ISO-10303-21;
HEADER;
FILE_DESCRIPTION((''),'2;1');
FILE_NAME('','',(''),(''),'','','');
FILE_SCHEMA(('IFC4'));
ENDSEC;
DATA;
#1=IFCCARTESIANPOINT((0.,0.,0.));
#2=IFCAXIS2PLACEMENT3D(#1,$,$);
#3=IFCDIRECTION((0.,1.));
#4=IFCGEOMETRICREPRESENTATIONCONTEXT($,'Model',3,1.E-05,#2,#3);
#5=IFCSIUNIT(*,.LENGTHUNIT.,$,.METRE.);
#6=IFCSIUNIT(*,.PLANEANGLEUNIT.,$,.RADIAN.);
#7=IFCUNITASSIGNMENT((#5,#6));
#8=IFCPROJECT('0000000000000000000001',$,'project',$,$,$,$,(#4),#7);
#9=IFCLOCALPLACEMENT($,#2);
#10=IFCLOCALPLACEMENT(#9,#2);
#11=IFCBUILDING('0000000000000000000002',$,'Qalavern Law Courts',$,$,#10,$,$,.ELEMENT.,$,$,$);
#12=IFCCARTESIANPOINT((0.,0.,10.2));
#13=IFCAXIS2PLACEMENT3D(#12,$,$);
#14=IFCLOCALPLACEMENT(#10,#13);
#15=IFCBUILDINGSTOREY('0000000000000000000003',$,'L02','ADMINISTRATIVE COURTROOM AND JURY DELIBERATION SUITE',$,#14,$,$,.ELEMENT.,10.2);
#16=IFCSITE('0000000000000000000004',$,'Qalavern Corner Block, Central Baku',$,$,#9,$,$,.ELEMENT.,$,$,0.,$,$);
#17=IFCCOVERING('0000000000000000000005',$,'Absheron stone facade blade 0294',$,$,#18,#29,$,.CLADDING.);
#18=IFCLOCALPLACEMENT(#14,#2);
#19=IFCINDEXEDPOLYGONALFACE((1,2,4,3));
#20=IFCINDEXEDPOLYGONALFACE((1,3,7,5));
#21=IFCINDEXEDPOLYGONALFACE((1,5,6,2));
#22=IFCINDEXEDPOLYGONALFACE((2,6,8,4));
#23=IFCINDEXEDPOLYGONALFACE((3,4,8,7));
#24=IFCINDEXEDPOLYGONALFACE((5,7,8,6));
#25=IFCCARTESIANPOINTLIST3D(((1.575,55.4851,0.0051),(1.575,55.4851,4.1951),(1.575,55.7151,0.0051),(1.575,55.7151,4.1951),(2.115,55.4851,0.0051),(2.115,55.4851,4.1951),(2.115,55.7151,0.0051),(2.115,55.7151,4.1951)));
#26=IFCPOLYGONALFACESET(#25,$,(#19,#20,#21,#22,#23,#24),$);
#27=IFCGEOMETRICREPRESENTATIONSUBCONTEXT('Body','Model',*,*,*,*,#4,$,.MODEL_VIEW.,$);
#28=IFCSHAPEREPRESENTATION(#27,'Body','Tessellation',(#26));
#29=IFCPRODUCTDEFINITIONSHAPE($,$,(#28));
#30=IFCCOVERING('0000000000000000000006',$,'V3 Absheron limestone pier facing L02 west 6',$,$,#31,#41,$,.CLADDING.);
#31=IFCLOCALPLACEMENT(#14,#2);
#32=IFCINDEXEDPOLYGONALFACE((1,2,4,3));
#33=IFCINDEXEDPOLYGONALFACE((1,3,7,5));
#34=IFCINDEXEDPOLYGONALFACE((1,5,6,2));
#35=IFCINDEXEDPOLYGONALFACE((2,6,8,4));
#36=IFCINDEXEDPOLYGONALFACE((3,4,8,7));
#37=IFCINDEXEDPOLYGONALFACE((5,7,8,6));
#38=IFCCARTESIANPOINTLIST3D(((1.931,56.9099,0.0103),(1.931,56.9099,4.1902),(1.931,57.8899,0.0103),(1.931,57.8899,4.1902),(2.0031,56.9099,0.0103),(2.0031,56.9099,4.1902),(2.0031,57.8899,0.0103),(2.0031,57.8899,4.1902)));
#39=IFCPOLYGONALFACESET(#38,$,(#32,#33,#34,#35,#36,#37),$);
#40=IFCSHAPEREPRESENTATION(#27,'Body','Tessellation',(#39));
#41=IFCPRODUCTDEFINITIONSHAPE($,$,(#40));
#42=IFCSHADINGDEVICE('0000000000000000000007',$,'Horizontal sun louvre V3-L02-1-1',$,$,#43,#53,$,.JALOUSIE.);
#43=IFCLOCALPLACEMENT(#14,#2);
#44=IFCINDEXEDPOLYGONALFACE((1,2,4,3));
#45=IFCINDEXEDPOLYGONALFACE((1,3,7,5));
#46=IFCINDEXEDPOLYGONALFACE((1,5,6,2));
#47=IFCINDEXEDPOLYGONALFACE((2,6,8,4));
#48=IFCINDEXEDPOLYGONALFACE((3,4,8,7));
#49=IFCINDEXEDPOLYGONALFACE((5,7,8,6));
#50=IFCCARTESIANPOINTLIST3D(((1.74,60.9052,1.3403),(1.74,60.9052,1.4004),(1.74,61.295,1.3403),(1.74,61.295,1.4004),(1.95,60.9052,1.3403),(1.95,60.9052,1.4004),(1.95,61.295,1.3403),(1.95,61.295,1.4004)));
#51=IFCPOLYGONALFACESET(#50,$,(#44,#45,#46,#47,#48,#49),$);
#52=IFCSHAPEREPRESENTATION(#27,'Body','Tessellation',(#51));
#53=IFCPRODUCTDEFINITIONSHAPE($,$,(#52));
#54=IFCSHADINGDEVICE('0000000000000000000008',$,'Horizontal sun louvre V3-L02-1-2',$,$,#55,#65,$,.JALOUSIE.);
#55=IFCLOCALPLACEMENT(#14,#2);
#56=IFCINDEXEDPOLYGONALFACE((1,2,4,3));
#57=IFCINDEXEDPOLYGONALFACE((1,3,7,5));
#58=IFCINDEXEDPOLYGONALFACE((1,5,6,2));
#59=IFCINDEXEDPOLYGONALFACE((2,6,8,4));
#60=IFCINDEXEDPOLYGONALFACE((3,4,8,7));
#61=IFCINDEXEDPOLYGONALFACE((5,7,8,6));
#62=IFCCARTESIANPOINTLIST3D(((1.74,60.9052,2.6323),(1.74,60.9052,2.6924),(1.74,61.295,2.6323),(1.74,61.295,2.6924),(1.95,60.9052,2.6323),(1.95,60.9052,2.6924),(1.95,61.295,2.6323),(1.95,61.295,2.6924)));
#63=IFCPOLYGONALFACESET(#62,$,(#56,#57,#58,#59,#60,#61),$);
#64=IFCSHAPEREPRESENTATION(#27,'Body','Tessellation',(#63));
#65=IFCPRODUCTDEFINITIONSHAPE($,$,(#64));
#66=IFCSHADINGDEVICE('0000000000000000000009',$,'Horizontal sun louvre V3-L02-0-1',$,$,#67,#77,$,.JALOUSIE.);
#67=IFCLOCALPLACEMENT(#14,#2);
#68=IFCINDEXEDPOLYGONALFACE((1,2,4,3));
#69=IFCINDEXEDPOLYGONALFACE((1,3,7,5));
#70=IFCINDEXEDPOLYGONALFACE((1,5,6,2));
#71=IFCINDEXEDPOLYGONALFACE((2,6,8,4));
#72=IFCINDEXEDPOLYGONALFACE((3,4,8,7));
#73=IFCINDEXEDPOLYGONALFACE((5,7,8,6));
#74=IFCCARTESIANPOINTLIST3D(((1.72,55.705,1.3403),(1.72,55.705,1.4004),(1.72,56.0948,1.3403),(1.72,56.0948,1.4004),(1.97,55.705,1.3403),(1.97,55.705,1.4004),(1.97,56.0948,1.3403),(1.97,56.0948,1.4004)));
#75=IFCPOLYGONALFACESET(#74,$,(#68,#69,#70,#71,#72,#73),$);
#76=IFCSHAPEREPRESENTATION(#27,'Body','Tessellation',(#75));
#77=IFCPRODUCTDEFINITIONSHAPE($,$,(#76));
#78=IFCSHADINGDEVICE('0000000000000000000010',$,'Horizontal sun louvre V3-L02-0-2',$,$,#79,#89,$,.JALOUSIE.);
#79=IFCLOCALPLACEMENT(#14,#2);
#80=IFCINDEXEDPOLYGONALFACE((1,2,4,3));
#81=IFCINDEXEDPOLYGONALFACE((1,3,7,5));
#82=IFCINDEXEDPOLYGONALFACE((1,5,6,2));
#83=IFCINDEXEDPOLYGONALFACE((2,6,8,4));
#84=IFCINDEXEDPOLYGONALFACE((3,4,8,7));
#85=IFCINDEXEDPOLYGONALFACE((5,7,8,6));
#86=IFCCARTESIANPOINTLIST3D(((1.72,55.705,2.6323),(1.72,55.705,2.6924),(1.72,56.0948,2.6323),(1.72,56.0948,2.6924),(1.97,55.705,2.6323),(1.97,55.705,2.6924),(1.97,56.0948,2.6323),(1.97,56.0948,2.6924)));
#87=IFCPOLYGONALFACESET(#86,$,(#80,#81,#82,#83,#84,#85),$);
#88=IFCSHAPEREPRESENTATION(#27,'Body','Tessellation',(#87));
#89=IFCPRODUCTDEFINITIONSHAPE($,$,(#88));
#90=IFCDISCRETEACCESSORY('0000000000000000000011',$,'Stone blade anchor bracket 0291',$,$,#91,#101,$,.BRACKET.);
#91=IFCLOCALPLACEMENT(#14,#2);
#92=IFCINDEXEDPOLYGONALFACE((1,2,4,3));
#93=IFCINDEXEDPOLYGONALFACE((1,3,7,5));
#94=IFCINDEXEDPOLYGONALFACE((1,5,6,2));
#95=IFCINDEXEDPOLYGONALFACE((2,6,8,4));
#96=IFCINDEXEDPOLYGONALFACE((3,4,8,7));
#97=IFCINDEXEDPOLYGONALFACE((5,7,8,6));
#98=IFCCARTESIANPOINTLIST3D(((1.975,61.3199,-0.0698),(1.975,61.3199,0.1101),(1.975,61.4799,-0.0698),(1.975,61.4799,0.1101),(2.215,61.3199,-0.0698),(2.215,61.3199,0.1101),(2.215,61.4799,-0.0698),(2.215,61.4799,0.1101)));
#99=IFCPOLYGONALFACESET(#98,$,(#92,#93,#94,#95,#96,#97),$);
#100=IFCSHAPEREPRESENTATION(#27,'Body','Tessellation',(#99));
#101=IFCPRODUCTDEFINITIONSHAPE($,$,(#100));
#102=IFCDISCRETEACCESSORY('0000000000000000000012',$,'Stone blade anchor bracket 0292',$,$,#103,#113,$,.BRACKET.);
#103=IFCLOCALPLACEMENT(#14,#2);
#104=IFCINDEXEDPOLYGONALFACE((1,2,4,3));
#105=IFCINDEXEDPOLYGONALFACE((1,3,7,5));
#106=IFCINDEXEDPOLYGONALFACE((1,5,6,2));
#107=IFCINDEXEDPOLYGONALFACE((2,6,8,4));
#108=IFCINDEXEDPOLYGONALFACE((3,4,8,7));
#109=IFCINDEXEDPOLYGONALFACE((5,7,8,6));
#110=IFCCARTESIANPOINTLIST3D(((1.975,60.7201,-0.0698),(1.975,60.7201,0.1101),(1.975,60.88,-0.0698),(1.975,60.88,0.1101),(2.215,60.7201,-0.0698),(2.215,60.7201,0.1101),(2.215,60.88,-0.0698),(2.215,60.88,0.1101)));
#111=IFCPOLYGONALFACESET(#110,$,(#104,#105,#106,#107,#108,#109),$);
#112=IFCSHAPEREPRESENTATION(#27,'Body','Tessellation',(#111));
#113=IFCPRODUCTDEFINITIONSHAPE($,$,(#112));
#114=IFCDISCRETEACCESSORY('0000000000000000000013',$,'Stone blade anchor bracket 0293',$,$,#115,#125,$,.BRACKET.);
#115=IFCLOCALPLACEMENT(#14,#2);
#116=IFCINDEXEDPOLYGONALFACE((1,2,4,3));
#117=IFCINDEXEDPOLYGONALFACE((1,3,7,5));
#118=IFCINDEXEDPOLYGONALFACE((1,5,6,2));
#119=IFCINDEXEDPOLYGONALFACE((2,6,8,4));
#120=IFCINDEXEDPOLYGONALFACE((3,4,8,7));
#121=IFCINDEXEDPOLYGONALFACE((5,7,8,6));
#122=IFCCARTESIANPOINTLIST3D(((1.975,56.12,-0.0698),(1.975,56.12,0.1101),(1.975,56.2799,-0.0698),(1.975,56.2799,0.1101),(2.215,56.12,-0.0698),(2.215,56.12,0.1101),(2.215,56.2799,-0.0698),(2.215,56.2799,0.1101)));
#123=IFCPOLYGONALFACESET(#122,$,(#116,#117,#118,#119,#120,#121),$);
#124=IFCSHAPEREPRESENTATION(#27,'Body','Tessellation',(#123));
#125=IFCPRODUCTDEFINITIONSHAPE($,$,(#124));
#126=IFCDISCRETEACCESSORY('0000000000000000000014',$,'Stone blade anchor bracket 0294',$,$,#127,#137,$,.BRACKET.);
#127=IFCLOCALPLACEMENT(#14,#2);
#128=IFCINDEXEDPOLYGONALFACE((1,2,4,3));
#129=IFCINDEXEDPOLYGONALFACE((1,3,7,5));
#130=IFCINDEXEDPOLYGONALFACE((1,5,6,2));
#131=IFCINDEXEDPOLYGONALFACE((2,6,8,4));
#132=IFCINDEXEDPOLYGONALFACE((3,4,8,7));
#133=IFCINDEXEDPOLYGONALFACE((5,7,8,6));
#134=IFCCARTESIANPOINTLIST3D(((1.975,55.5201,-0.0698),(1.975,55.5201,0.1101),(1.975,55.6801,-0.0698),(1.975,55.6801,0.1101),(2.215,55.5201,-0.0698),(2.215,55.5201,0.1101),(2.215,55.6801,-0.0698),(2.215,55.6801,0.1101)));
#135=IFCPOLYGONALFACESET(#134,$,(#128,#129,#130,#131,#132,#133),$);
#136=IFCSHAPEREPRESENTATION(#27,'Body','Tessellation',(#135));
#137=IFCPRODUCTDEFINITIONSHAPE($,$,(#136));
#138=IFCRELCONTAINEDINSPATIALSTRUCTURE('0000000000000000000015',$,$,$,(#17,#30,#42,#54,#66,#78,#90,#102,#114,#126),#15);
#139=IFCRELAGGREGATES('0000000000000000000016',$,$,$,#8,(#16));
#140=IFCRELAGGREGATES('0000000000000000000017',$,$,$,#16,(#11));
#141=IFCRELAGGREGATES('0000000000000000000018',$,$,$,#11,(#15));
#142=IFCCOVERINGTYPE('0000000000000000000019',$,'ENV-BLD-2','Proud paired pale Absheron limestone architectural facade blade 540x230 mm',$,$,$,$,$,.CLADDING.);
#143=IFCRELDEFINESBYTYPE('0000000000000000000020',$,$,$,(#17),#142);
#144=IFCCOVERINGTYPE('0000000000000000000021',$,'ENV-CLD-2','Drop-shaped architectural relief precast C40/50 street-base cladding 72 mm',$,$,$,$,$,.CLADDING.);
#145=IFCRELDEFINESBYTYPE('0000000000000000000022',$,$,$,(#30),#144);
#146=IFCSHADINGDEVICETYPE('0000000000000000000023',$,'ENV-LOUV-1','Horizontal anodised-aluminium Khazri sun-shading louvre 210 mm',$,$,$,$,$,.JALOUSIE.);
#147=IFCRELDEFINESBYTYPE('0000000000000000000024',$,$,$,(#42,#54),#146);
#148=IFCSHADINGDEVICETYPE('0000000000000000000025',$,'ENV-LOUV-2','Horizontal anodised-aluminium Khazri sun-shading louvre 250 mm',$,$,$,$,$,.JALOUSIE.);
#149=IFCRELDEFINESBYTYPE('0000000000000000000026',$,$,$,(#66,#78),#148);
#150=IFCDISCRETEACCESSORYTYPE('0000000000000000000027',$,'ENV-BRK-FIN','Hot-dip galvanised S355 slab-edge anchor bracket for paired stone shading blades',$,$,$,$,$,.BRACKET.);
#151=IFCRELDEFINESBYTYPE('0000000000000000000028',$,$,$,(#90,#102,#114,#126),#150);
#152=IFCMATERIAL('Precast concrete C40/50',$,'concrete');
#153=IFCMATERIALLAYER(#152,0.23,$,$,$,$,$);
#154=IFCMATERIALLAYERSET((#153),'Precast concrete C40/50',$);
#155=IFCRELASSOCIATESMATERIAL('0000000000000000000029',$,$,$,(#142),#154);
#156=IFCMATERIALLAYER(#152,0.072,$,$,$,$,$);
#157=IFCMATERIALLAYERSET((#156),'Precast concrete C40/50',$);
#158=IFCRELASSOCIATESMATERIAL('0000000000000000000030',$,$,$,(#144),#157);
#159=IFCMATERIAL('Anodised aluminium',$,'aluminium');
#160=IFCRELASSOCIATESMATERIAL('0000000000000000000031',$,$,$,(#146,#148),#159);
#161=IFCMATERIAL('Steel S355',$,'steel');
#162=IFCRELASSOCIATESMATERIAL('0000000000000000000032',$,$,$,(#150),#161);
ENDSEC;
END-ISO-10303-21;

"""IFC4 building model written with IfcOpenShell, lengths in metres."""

from ifc_helpers import new_model, si_unit, direction, frame, origin, origin_2d, place, context, subcontext, project, spatial, rectangle, extrude, material, layer, layer_set, type_object, element, save


model = new_model("IFC4")

# Units and contexts
model_context = context("Model", 3, precision=1e-05, world=origin(), true_north=direction((0.0, 1.0)))
body_context = subcontext(model_context, "Body", "Model", "MODEL_VIEW")
ifc_project = project(units=[si_unit("LENGTHUNIT", "METRE"), si_unit("PLANEANGLEUNIT", "RADIAN")], contexts=[model_context])

# Site, building, storey
site_placement = place(None, origin())
site = spatial("IfcSite", under=ifc_project, at=site_placement, Name="Qalavern Corner Block, Central Baku", CompositionType="ELEMENT", RefElevation=0.0)
building_placement = place(site_placement, origin())
building = spatial("IfcBuilding", under=site, at=building_placement, Name="Qalavern Law Courts", CompositionType="ELEMENT")
storey_placement = place(building_placement, frame((0.0, 0.0, 10.2)))
storey = spatial("IfcBuildingStorey", under=building, at=storey_placement, Name="L02", Description="ADMINISTRATIVE COURTROOM AND JURY DELIBERATION SUITE", CompositionType="ELEMENT", Elevation=10.2)

# Shared definitions
ifc_material_1 = material(Name="Anodised aluminium", Category="aluminium")

# Coverings
ifc_material_2 = material(Name="Precast concrete C40/50", Category="concrete")
ifc_layer_1 = layer(ifc_material_2, 0.23)
ifc_layer_set_1 = layer_set([ifc_layer_1], Name="Precast concrete C40/50")
covering_type_1 = type_object("IfcCoveringType", Name="ENV-BLD-2", Description="Proud paired pale Absheron limestone architectural facade blade 540x230 mm", PredefinedType="CLADDING", material=ifc_layer_set_1)
for number, where, z_axis, x_axis, name in (
    (1, (1.845, 55.6001, 0.0051), (0.0, 0.0, 1.0), (-1.0, 0.0, 0.0), "Absheron stone facade blade 0294"),
):
    element("IfcCovering", number, at=place(storey_placement, frame(where, z_axis=z_axis, x_axis=x_axis)), inside=storey, type_object=covering_type_1, Name=name, PredefinedType="CLADDING", context=body_context, shape_type="SweptSolid", body=[
        extrude(rectangle(XDim=0.54, YDim=0.23, at=origin_2d()), origin(), (0.0, 0.0, 1.0), 4.1899),
    ])
ifc_layer_2 = layer(ifc_material_2, 0.072)
ifc_layer_set_2 = layer_set([ifc_layer_2], Name="Precast concrete C40/50")
covering_type_2 = type_object("IfcCoveringType", Name="ENV-CLD-2", Description="Drop-shaped architectural relief precast C40/50 street-base cladding 72 mm", PredefinedType="CLADDING", material=ifc_layer_set_2)
covering_placement = place(storey_placement, frame((1.967, 57.3999, 0.0103), z_axis=(0.0, 0.0, 1.0), x_axis=(0.0, -1.0, 0.0)))
element("IfcCovering", 2, at=covering_placement, inside=storey, type_object=covering_type_2, Name="V3 Absheron limestone pier facing L02 west 6", PredefinedType="CLADDING", context=body_context, shape_type="SweptSolid", body=[
    extrude(rectangle(XDim=0.98, YDim=0.072, at=origin_2d()), origin(), (0.0, 0.0, 1.0), 4.1799),
])

# Shading devices
shading_device_type_1 = type_object("IfcShadingDeviceType", Name="ENV-LOUV-1", Description="Horizontal anodised-aluminium Khazri sun-shading louvre 210 mm", PredefinedType="JALOUSIE", material=ifc_material_1)
for number, where, z_axis, x_axis, name in (
    (3, (1.845, 61.1001, 1.3403), (0.0, 0.0, 1.0), (0.0, -1.0, 0.0), "Horizontal sun louvre V3-L02-1-1"),
    (4, (1.845, 61.1001, 2.6323), (0.0, 0.0, 1.0), (0.0, -1.0, 0.0), "Horizontal sun louvre V3-L02-1-2"),
):
    element("IfcShadingDevice", number, at=place(storey_placement, frame(where, z_axis=z_axis, x_axis=x_axis)), inside=storey, type_object=shading_device_type_1, Name=name, PredefinedType="JALOUSIE", context=body_context, shape_type="SweptSolid", body=[
        extrude(rectangle(XDim=0.3899, YDim=0.21, at=origin_2d()), origin(), (0.0, 0.0, 1.0), 0.0601),
    ])
shading_device_type_2 = type_object("IfcShadingDeviceType", Name="ENV-LOUV-2", Description="Horizontal anodised-aluminium Khazri sun-shading louvre 250 mm", PredefinedType="JALOUSIE", material=ifc_material_1)
for number, where, z_axis, x_axis, name in (
    (5, (1.845, 55.8999, 1.3403), (0.0, 0.0, 1.0), (0.0, -1.0, 0.0), "Horizontal sun louvre V3-L02-0-1"),
    (6, (1.845, 55.8999, 2.6323), (0.0, 0.0, 1.0), (0.0, -1.0, 0.0), "Horizontal sun louvre V3-L02-0-2"),
):
    element("IfcShadingDevice", number, at=place(storey_placement, frame(where, z_axis=z_axis, x_axis=x_axis)), inside=storey, type_object=shading_device_type_2, Name=name, PredefinedType="JALOUSIE", context=body_context, shape_type="SweptSolid", body=[
        extrude(rectangle(XDim=0.3899, YDim=0.25, at=origin_2d()), origin(), (0.0, 0.0, 1.0), 0.0601),
    ])

# Discrete accessories
ifc_material_3 = material(Name="Steel S355", Category="steel")
discrete_accessory_type = type_object("IfcDiscreteAccessoryType", Name="ENV-BRK-FIN", Description="Hot-dip galvanised S355 slab-edge anchor bracket for paired stone shading blades", PredefinedType="BRACKET", material=ifc_material_3)
for number, where, z_axis, x_axis, name in (
    (7, (2.095, 61.3999, -0.0698), (0.0, 0.0, 1.0), (-1.0, 0.0, 0.0), "Stone blade anchor bracket 0291"),
    (8, (2.095, 60.8, -0.0698), (0.0, 0.0, 1.0), (-1.0, 0.0, 0.0), "Stone blade anchor bracket 0292"),
    (9, (2.095, 56.2, -0.0698), (0.0, 0.0, 1.0), (-1.0, 0.0, 0.0), "Stone blade anchor bracket 0293"),
    (10, (2.095, 55.6001, -0.0698), (0.0, 0.0, 1.0), (-1.0, 0.0, 0.0), "Stone blade anchor bracket 0294"),
):
    element("IfcDiscreteAccessory", number, at=place(storey_placement, frame(where, z_axis=z_axis, x_axis=x_axis)), inside=storey, type_object=discrete_accessory_type, Name=name, PredefinedType="BRACKET", context=body_context, shape_type="SweptSolid", body=[
        extrude(rectangle(XDim=0.24, YDim=0.1599, at=origin_2d()), origin(), (0.0, 0.0, 1.0), 0.1799),
    ])

save(model, "model.ifc")
